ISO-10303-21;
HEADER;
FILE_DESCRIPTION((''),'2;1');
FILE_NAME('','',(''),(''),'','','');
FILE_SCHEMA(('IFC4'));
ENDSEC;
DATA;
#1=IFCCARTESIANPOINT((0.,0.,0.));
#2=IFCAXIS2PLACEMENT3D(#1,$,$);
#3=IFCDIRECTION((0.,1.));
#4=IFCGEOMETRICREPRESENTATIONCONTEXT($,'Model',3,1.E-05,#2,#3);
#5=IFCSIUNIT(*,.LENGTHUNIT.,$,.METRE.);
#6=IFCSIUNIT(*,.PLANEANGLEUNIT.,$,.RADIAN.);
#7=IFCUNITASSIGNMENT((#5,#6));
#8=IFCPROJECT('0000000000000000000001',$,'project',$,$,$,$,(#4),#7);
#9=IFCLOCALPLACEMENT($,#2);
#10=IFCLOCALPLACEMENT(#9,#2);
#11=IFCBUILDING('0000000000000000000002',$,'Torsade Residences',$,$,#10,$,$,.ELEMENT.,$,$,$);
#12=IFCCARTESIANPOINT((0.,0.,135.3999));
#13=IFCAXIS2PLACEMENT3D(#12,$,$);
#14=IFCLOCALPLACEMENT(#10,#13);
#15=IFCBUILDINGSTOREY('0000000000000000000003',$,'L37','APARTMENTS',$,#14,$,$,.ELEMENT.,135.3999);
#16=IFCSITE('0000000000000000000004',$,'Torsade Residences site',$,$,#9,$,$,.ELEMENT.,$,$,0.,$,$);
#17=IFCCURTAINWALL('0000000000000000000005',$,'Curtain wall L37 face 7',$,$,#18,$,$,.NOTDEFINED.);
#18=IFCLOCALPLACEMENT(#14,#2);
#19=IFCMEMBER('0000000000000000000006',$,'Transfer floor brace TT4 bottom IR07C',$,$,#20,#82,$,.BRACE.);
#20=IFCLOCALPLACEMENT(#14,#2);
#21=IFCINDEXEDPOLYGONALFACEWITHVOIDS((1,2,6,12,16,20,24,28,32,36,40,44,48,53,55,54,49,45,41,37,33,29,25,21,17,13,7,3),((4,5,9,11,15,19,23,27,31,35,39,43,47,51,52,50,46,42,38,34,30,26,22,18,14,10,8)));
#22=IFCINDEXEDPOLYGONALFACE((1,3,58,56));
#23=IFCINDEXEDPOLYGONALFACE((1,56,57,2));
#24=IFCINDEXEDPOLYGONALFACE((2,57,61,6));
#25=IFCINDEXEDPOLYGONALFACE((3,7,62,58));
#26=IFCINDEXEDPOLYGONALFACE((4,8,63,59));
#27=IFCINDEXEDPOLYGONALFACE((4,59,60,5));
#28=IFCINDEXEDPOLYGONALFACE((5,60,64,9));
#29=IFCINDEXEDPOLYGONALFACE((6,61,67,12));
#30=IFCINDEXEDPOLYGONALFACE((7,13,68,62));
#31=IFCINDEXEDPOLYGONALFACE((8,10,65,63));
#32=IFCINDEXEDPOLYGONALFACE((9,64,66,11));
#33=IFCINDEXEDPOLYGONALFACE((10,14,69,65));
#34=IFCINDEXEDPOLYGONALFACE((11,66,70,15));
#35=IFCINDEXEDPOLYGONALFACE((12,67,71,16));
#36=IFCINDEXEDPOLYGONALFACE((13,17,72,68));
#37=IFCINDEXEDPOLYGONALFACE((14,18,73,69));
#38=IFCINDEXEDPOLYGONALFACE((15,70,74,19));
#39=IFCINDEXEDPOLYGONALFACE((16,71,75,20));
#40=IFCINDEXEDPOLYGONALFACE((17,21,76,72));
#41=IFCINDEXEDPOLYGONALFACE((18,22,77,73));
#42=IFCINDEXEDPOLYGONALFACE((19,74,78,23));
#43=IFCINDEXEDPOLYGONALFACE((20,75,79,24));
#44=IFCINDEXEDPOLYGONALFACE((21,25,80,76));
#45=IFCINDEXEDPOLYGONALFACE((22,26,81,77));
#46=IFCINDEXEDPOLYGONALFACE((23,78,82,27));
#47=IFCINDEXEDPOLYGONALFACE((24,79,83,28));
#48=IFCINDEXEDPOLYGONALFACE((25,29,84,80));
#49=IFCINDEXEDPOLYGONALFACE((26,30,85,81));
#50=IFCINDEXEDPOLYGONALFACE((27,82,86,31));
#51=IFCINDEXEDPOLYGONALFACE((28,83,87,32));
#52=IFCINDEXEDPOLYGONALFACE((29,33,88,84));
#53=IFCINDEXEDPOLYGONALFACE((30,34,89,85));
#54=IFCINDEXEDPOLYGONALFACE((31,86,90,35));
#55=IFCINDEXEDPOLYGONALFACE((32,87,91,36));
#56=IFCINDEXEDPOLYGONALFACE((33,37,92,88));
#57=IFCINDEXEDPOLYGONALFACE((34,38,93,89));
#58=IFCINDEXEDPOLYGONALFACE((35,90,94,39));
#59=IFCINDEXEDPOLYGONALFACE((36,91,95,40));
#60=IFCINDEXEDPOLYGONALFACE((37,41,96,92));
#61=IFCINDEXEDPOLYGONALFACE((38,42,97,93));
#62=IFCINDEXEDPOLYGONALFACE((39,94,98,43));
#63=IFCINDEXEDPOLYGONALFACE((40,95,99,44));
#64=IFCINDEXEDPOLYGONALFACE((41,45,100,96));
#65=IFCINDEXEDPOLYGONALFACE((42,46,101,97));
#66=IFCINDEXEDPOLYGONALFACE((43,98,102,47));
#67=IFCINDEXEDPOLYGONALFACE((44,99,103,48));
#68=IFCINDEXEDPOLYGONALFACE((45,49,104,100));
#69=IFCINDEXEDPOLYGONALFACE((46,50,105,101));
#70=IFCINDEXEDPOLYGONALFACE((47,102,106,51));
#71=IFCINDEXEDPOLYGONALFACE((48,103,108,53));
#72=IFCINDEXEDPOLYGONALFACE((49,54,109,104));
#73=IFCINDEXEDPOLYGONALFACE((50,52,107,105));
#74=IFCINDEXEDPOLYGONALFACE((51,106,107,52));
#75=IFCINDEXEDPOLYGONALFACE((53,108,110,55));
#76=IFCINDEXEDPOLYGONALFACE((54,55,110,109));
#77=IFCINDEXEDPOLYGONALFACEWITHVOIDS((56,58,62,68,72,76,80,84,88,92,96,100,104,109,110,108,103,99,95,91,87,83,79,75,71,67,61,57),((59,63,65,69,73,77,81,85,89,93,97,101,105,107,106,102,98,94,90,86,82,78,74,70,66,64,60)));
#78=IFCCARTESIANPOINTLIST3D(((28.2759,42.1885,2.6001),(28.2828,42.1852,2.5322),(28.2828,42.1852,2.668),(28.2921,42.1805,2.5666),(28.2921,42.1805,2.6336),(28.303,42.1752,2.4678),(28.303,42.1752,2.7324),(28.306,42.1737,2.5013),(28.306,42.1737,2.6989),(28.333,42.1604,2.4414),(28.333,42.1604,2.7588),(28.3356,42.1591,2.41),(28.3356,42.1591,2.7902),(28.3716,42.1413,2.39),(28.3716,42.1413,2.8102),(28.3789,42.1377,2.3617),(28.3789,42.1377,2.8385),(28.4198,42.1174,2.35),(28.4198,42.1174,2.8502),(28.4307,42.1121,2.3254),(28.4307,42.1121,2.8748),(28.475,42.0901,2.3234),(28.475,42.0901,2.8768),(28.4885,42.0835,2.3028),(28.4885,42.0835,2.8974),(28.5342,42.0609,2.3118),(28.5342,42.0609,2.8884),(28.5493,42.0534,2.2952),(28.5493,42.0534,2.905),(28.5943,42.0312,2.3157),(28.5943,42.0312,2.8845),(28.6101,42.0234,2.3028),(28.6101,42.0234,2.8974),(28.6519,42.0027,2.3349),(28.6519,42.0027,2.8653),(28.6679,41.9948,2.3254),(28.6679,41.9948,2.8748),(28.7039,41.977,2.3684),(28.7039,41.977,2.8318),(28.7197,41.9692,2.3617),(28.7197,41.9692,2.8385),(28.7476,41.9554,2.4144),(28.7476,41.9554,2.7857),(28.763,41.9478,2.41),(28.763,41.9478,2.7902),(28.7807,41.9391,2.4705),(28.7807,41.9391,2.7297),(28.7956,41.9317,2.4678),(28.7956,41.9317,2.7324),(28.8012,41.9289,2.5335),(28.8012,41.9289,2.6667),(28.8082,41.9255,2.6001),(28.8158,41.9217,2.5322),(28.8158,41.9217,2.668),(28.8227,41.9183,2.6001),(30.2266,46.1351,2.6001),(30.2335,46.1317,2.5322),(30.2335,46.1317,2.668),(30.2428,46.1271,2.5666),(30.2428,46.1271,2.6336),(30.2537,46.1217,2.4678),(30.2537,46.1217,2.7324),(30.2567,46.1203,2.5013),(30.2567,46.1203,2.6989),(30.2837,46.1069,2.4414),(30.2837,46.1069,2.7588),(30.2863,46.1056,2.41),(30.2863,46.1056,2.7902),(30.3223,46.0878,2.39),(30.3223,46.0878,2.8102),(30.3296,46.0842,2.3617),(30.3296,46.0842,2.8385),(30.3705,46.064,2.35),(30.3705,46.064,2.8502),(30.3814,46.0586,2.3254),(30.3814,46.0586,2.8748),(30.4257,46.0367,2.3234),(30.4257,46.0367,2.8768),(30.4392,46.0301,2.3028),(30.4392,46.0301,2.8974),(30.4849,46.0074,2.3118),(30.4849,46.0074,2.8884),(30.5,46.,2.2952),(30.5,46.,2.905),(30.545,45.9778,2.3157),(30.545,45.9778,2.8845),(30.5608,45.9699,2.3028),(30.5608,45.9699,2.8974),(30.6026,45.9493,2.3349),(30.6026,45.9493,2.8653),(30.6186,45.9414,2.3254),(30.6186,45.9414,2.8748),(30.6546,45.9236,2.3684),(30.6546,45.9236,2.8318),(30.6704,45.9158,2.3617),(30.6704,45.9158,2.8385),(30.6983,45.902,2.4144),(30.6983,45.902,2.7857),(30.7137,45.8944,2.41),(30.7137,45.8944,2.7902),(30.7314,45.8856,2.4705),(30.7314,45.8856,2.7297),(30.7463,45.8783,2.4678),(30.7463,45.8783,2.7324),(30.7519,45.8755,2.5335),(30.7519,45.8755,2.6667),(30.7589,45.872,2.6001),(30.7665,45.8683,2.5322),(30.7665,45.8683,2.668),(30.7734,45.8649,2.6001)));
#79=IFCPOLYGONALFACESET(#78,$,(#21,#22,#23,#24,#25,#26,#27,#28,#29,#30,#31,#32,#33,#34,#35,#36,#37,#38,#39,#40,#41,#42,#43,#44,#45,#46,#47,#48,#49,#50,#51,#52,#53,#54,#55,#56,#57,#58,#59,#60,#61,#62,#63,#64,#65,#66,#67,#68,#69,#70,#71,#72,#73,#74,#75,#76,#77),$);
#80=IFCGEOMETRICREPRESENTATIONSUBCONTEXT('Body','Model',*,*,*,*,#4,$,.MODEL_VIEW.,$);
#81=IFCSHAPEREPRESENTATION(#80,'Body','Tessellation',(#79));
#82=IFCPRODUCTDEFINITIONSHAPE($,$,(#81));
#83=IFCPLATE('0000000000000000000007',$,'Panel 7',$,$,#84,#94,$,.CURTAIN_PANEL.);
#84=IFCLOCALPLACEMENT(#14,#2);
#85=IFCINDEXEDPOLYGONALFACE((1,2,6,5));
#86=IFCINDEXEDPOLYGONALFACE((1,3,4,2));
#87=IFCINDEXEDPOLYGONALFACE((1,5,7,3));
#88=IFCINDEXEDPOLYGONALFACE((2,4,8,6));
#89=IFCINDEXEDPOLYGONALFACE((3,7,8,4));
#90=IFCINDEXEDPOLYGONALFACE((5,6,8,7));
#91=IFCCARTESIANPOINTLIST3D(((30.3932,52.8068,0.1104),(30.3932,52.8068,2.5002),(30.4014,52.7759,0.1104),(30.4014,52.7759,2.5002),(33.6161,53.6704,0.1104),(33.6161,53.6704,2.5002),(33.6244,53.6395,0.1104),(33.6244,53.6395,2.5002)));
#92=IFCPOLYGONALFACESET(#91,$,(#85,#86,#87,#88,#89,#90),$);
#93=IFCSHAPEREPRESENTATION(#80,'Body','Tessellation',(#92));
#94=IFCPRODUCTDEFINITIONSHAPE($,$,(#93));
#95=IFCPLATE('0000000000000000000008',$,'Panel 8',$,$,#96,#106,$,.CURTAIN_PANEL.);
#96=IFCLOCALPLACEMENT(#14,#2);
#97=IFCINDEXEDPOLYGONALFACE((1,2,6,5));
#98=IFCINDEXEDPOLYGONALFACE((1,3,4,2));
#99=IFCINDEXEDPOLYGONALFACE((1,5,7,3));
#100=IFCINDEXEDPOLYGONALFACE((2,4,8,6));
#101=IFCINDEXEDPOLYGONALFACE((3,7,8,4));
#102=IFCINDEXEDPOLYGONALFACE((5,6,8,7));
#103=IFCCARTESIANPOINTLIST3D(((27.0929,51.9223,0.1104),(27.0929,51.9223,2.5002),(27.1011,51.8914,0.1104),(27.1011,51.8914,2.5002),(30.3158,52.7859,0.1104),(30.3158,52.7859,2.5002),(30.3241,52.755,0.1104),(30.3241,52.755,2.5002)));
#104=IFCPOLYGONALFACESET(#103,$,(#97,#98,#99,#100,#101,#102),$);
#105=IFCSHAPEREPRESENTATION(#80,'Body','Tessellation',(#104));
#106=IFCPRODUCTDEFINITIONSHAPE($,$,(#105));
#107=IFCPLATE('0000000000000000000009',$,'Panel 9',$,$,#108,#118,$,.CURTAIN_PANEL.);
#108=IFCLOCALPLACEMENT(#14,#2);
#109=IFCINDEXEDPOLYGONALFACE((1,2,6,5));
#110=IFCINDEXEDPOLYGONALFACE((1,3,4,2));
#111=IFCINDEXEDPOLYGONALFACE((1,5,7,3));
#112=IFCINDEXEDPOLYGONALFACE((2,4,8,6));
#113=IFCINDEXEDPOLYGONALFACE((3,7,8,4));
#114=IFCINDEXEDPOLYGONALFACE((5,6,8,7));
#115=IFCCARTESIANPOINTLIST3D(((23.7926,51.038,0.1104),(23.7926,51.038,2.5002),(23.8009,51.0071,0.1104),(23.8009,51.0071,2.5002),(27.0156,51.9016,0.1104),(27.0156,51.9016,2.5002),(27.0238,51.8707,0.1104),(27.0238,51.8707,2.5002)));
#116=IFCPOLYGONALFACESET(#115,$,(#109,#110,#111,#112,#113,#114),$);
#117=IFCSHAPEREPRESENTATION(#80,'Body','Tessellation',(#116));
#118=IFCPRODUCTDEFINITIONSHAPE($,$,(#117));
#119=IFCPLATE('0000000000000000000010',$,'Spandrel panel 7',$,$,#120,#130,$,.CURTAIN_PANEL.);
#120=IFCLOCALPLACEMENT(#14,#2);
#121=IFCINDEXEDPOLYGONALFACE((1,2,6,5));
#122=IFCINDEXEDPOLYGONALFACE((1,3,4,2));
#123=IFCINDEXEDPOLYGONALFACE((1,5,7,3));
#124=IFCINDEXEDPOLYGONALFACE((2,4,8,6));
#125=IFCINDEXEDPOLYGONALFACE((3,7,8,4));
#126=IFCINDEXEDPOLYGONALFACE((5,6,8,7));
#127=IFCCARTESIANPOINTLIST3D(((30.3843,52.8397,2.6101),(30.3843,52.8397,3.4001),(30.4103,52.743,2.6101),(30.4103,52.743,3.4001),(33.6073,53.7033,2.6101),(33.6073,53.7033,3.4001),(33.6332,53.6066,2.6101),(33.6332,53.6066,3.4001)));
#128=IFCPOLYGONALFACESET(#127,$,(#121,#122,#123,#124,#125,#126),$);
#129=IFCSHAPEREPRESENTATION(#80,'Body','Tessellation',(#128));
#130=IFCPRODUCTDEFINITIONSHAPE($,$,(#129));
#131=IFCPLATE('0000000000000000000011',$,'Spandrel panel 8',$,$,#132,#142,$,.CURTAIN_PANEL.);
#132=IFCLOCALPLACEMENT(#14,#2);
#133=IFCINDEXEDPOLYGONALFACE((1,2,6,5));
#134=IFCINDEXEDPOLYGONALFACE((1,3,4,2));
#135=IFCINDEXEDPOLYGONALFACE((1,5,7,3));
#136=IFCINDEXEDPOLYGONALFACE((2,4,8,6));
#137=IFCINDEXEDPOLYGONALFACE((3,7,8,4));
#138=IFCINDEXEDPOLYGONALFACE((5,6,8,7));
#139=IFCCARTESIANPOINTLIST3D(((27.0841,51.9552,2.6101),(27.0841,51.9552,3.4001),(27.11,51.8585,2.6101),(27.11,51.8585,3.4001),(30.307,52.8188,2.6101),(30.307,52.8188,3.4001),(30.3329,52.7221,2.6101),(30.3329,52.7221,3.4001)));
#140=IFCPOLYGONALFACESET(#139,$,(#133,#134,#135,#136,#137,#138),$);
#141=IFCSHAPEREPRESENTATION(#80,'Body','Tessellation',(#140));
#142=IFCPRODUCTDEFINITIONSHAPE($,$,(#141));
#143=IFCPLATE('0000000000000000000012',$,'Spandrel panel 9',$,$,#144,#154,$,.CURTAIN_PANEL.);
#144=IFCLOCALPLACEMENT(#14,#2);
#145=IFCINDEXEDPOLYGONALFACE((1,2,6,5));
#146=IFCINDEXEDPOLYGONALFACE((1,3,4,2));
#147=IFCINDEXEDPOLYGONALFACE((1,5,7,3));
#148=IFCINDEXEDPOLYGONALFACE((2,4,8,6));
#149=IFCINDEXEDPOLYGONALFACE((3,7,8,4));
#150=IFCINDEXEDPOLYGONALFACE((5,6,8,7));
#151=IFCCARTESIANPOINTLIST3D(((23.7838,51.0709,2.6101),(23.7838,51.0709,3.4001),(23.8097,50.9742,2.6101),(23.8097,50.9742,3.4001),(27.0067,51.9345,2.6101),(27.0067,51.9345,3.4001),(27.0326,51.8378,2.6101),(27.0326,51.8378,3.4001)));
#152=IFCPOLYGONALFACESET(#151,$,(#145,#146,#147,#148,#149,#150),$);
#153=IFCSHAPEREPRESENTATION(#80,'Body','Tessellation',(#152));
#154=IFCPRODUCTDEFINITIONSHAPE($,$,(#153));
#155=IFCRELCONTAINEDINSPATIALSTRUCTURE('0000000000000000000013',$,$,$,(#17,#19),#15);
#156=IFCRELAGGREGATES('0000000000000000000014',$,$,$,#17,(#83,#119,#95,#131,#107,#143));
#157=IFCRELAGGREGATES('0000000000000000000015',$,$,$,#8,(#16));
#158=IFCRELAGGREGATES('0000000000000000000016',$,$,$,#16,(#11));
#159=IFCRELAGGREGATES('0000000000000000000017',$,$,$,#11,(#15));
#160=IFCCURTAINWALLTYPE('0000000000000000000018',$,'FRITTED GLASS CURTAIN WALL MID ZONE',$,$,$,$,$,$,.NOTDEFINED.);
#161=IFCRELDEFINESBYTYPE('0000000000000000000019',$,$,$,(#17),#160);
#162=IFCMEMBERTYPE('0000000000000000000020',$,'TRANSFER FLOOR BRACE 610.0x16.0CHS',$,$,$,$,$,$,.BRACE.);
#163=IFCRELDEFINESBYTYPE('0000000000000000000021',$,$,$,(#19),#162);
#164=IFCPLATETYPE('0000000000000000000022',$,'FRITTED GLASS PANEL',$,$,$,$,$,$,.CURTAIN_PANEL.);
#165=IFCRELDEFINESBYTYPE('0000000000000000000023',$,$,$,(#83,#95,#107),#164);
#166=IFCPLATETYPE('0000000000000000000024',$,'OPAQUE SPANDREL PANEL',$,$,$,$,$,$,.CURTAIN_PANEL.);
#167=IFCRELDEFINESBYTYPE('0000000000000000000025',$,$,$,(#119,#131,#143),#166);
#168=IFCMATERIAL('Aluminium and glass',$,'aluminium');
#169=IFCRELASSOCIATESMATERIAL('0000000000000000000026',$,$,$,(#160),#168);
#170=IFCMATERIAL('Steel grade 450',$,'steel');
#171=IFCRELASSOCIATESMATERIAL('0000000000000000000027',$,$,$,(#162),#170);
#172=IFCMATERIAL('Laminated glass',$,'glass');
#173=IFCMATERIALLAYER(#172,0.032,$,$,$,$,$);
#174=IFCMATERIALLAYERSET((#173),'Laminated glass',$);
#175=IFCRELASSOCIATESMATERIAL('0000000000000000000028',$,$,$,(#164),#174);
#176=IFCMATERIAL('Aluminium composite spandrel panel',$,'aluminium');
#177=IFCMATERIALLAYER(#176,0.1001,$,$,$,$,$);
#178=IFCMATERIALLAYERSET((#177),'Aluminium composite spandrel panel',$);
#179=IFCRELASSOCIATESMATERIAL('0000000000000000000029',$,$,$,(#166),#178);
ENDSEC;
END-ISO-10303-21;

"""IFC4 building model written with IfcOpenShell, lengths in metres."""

from ifc_helpers import new_model, si_unit, direction, frame, origin, origin_2d, place, context, subcontext, project, spatial, rectangle, hollow_circle, extrude, material, layer, layer_set, material_profile, profile_set, type_object, element, aggregate, save


model = new_model("IFC4")

# Units and contexts
model_context = context("Model", 3, precision=1e-05, world=origin(), true_north=direction((0.0, 1.0)))
body_context = subcontext(model_context, "Body", "Model", "MODEL_VIEW")
ifc_project = project(units=[si_unit("LENGTHUNIT", "METRE"), si_unit("PLANEANGLEUNIT", "RADIAN")], contexts=[model_context])

# Site, building, storey
site_placement = place(None, origin())
site = spatial("IfcSite", under=ifc_project, at=site_placement, Name="Torsade Residences site", CompositionType="ELEMENT", RefElevation=0.0)
building_placement = place(site_placement, origin())
building = spatial("IfcBuilding", under=site, at=building_placement, Name="Torsade Residences", CompositionType="ELEMENT")
storey_placement = place(building_placement, frame((0.0, 0.0, 135.3999)))
storey = spatial("IfcBuildingStorey", under=building, at=storey_placement, Name="L37", Description="APARTMENTS", CompositionType="ELEMENT", Elevation=135.3999)

# Curtain wall
ifc_material_1 = material(Name="Aluminium and glass", Category="aluminium")
curtain_wall_type = type_object("IfcCurtainWallType", Name="FRITTED GLASS CURTAIN WALL MID ZONE", PredefinedType="NOTDEFINED", material=ifc_material_1)
curtain_wall_placement = place(storey_placement, origin())
curtain_wall = element("IfcCurtainWall", 1, at=curtain_wall_placement, inside=storey, type_object=curtain_wall_type, Name="Curtain wall L37 face 7", PredefinedType="NOTDEFINED")

# Member
ifc_material_2 = material(Name="Steel grade 450", Category="steel")
ifc_material_profile_1 = material_profile(ifc_material_2, hollow_circle(Radius=0.3049, WallThickness=0.0161, at=origin_2d()), Name="610.0x16.0CHS")
ifc_profile_set_1 = profile_set([ifc_material_profile_1], Name="Steel grade 450")
member_type_1 = type_object("IfcMemberType", Name="TRANSFER FLOOR BRACE 610.0x16.0CHS", PredefinedType="BRACE", material=ifc_profile_set_1)
member_1_placement = place(storey_placement, frame((30.5, 46.0, 2.6001), z_axis=(-0.443105, -0.89647, 0.0), x_axis=(0.89647, -0.443105, 0.0)))
element("IfcMember", 2, at=member_1_placement, inside=storey, type_object=member_type_1, Name="Transfer floor brace TT4 bottom IR07C", PredefinedType="BRACE", context=body_context, shape_type="SweptSolid", body=[
    extrude(hollow_circle(Radius=0.3049, WallThickness=0.0161, at=origin_2d()), origin(), (0.0, 0.0, 1.0), 4.4023),
])

# Plates
ifc_material_3 = material(Name="Laminated glass", Category="glass")
ifc_layer_1 = layer(ifc_material_3, 0.032)
ifc_layer_set_1 = layer_set([ifc_layer_1], Name="Laminated glass")
plate_type_1 = type_object("IfcPlateType", Name="FRITTED GLASS PANEL", PredefinedType="CURTAIN_PANEL", material=ifc_layer_set_1)
plate_1_placement = place(storey_placement, frame((32.0088, 53.2231, 0.1104), z_axis=(0.0, 0.0, 1.0), x_axis=(-0.965926, -0.258819, 0.0)))
plate_1 = element("IfcPlate", 3, at=plate_1_placement, type_object=plate_type_1, Name="Panel 7", PredefinedType="CURTAIN_PANEL", context=body_context, shape_type="SweptSolid", body=[
    extrude(rectangle(XDim=3.3367, YDim=0.032, at=origin_2d()), origin(), (0.0, 0.0, 1.0), 2.3899),
])
plate_2_placement = place(storey_placement, frame((28.7085, 52.3386, 0.1104), z_axis=(0.0, 0.0, 1.0), x_axis=(-0.965926, -0.258819, 0.0)))
plate_2 = element("IfcPlate", 4, at=plate_2_placement, type_object=plate_type_1, Name="Panel 8", PredefinedType="CURTAIN_PANEL", context=body_context, shape_type="SweptSolid", body=[
    extrude(rectangle(XDim=3.3367, YDim=0.032, at=origin_2d()), origin(), (0.0, 0.0, 1.0), 2.3899),
])
plate_3_placement = place(storey_placement, frame((25.4082, 51.4543, 0.1104), z_axis=(0.0, 0.0, 1.0), x_axis=(-0.965926, -0.258819, 0.0)))
plate_3 = element("IfcPlate", 5, at=plate_3_placement, type_object=plate_type_1, Name="Panel 9", PredefinedType="CURTAIN_PANEL", context=body_context, shape_type="SweptSolid", body=[
    extrude(rectangle(XDim=3.3367, YDim=0.032, at=origin_2d()), origin(), (0.0, 0.0, 1.0), 2.3899),
])
ifc_material_4 = material(Name="Aluminium composite spandrel panel", Category="aluminium")
ifc_layer_2 = layer(ifc_material_4, 0.1001)
ifc_layer_set_2 = layer_set([ifc_layer_2], Name="Aluminium composite spandrel panel")
plate_type_2 = type_object("IfcPlateType", Name="OPAQUE SPANDREL PANEL", PredefinedType="CURTAIN_PANEL", material=ifc_layer_set_2)
plate_4_placement = place(storey_placement, frame((32.0088, 53.2231, 2.6101), z_axis=(0.0, 0.0, 1.0), x_axis=(-0.965926, -0.258819, 0.0)))
plate_4 = element("IfcPlate", 6, at=plate_4_placement, type_object=plate_type_2, Name="Spandrel panel 7", PredefinedType="CURTAIN_PANEL", context=body_context, shape_type="SweptSolid", body=[
    extrude(rectangle(XDim=3.3367, YDim=0.1001, at=origin_2d()), origin(), (0.0, 0.0, 1.0), 0.79),
])
plate_5_placement = place(storey_placement, frame((28.7085, 52.3386, 2.6101), z_axis=(0.0, 0.0, 1.0), x_axis=(-0.965926, -0.258819, 0.0)))
plate_5 = element("IfcPlate", 7, at=plate_5_placement, type_object=plate_type_2, Name="Spandrel panel 8", PredefinedType="CURTAIN_PANEL", context=body_context, shape_type="SweptSolid", body=[
    extrude(rectangle(XDim=3.3367, YDim=0.1001, at=origin_2d()), origin(), (0.0, 0.0, 1.0), 0.79),
])
plate_6_placement = place(storey_placement, frame((25.4082, 51.4543, 2.6101), z_axis=(0.0, 0.0, 1.0), x_axis=(-0.965926, -0.258819, 0.0)))
plate_6 = element("IfcPlate", 8, at=plate_6_placement, type_object=plate_type_2, Name="Spandrel panel 9", PredefinedType="CURTAIN_PANEL", context=body_context, shape_type="SweptSolid", body=[
    extrude(rectangle(XDim=3.3367, YDim=0.1001, at=origin_2d()), origin(), (0.0, 0.0, 1.0), 0.79),
])
aggregate(curtain_wall, [plate_1, plate_4, plate_2, plate_5, plate_3, plate_6])

save(model, "model.ifc")
